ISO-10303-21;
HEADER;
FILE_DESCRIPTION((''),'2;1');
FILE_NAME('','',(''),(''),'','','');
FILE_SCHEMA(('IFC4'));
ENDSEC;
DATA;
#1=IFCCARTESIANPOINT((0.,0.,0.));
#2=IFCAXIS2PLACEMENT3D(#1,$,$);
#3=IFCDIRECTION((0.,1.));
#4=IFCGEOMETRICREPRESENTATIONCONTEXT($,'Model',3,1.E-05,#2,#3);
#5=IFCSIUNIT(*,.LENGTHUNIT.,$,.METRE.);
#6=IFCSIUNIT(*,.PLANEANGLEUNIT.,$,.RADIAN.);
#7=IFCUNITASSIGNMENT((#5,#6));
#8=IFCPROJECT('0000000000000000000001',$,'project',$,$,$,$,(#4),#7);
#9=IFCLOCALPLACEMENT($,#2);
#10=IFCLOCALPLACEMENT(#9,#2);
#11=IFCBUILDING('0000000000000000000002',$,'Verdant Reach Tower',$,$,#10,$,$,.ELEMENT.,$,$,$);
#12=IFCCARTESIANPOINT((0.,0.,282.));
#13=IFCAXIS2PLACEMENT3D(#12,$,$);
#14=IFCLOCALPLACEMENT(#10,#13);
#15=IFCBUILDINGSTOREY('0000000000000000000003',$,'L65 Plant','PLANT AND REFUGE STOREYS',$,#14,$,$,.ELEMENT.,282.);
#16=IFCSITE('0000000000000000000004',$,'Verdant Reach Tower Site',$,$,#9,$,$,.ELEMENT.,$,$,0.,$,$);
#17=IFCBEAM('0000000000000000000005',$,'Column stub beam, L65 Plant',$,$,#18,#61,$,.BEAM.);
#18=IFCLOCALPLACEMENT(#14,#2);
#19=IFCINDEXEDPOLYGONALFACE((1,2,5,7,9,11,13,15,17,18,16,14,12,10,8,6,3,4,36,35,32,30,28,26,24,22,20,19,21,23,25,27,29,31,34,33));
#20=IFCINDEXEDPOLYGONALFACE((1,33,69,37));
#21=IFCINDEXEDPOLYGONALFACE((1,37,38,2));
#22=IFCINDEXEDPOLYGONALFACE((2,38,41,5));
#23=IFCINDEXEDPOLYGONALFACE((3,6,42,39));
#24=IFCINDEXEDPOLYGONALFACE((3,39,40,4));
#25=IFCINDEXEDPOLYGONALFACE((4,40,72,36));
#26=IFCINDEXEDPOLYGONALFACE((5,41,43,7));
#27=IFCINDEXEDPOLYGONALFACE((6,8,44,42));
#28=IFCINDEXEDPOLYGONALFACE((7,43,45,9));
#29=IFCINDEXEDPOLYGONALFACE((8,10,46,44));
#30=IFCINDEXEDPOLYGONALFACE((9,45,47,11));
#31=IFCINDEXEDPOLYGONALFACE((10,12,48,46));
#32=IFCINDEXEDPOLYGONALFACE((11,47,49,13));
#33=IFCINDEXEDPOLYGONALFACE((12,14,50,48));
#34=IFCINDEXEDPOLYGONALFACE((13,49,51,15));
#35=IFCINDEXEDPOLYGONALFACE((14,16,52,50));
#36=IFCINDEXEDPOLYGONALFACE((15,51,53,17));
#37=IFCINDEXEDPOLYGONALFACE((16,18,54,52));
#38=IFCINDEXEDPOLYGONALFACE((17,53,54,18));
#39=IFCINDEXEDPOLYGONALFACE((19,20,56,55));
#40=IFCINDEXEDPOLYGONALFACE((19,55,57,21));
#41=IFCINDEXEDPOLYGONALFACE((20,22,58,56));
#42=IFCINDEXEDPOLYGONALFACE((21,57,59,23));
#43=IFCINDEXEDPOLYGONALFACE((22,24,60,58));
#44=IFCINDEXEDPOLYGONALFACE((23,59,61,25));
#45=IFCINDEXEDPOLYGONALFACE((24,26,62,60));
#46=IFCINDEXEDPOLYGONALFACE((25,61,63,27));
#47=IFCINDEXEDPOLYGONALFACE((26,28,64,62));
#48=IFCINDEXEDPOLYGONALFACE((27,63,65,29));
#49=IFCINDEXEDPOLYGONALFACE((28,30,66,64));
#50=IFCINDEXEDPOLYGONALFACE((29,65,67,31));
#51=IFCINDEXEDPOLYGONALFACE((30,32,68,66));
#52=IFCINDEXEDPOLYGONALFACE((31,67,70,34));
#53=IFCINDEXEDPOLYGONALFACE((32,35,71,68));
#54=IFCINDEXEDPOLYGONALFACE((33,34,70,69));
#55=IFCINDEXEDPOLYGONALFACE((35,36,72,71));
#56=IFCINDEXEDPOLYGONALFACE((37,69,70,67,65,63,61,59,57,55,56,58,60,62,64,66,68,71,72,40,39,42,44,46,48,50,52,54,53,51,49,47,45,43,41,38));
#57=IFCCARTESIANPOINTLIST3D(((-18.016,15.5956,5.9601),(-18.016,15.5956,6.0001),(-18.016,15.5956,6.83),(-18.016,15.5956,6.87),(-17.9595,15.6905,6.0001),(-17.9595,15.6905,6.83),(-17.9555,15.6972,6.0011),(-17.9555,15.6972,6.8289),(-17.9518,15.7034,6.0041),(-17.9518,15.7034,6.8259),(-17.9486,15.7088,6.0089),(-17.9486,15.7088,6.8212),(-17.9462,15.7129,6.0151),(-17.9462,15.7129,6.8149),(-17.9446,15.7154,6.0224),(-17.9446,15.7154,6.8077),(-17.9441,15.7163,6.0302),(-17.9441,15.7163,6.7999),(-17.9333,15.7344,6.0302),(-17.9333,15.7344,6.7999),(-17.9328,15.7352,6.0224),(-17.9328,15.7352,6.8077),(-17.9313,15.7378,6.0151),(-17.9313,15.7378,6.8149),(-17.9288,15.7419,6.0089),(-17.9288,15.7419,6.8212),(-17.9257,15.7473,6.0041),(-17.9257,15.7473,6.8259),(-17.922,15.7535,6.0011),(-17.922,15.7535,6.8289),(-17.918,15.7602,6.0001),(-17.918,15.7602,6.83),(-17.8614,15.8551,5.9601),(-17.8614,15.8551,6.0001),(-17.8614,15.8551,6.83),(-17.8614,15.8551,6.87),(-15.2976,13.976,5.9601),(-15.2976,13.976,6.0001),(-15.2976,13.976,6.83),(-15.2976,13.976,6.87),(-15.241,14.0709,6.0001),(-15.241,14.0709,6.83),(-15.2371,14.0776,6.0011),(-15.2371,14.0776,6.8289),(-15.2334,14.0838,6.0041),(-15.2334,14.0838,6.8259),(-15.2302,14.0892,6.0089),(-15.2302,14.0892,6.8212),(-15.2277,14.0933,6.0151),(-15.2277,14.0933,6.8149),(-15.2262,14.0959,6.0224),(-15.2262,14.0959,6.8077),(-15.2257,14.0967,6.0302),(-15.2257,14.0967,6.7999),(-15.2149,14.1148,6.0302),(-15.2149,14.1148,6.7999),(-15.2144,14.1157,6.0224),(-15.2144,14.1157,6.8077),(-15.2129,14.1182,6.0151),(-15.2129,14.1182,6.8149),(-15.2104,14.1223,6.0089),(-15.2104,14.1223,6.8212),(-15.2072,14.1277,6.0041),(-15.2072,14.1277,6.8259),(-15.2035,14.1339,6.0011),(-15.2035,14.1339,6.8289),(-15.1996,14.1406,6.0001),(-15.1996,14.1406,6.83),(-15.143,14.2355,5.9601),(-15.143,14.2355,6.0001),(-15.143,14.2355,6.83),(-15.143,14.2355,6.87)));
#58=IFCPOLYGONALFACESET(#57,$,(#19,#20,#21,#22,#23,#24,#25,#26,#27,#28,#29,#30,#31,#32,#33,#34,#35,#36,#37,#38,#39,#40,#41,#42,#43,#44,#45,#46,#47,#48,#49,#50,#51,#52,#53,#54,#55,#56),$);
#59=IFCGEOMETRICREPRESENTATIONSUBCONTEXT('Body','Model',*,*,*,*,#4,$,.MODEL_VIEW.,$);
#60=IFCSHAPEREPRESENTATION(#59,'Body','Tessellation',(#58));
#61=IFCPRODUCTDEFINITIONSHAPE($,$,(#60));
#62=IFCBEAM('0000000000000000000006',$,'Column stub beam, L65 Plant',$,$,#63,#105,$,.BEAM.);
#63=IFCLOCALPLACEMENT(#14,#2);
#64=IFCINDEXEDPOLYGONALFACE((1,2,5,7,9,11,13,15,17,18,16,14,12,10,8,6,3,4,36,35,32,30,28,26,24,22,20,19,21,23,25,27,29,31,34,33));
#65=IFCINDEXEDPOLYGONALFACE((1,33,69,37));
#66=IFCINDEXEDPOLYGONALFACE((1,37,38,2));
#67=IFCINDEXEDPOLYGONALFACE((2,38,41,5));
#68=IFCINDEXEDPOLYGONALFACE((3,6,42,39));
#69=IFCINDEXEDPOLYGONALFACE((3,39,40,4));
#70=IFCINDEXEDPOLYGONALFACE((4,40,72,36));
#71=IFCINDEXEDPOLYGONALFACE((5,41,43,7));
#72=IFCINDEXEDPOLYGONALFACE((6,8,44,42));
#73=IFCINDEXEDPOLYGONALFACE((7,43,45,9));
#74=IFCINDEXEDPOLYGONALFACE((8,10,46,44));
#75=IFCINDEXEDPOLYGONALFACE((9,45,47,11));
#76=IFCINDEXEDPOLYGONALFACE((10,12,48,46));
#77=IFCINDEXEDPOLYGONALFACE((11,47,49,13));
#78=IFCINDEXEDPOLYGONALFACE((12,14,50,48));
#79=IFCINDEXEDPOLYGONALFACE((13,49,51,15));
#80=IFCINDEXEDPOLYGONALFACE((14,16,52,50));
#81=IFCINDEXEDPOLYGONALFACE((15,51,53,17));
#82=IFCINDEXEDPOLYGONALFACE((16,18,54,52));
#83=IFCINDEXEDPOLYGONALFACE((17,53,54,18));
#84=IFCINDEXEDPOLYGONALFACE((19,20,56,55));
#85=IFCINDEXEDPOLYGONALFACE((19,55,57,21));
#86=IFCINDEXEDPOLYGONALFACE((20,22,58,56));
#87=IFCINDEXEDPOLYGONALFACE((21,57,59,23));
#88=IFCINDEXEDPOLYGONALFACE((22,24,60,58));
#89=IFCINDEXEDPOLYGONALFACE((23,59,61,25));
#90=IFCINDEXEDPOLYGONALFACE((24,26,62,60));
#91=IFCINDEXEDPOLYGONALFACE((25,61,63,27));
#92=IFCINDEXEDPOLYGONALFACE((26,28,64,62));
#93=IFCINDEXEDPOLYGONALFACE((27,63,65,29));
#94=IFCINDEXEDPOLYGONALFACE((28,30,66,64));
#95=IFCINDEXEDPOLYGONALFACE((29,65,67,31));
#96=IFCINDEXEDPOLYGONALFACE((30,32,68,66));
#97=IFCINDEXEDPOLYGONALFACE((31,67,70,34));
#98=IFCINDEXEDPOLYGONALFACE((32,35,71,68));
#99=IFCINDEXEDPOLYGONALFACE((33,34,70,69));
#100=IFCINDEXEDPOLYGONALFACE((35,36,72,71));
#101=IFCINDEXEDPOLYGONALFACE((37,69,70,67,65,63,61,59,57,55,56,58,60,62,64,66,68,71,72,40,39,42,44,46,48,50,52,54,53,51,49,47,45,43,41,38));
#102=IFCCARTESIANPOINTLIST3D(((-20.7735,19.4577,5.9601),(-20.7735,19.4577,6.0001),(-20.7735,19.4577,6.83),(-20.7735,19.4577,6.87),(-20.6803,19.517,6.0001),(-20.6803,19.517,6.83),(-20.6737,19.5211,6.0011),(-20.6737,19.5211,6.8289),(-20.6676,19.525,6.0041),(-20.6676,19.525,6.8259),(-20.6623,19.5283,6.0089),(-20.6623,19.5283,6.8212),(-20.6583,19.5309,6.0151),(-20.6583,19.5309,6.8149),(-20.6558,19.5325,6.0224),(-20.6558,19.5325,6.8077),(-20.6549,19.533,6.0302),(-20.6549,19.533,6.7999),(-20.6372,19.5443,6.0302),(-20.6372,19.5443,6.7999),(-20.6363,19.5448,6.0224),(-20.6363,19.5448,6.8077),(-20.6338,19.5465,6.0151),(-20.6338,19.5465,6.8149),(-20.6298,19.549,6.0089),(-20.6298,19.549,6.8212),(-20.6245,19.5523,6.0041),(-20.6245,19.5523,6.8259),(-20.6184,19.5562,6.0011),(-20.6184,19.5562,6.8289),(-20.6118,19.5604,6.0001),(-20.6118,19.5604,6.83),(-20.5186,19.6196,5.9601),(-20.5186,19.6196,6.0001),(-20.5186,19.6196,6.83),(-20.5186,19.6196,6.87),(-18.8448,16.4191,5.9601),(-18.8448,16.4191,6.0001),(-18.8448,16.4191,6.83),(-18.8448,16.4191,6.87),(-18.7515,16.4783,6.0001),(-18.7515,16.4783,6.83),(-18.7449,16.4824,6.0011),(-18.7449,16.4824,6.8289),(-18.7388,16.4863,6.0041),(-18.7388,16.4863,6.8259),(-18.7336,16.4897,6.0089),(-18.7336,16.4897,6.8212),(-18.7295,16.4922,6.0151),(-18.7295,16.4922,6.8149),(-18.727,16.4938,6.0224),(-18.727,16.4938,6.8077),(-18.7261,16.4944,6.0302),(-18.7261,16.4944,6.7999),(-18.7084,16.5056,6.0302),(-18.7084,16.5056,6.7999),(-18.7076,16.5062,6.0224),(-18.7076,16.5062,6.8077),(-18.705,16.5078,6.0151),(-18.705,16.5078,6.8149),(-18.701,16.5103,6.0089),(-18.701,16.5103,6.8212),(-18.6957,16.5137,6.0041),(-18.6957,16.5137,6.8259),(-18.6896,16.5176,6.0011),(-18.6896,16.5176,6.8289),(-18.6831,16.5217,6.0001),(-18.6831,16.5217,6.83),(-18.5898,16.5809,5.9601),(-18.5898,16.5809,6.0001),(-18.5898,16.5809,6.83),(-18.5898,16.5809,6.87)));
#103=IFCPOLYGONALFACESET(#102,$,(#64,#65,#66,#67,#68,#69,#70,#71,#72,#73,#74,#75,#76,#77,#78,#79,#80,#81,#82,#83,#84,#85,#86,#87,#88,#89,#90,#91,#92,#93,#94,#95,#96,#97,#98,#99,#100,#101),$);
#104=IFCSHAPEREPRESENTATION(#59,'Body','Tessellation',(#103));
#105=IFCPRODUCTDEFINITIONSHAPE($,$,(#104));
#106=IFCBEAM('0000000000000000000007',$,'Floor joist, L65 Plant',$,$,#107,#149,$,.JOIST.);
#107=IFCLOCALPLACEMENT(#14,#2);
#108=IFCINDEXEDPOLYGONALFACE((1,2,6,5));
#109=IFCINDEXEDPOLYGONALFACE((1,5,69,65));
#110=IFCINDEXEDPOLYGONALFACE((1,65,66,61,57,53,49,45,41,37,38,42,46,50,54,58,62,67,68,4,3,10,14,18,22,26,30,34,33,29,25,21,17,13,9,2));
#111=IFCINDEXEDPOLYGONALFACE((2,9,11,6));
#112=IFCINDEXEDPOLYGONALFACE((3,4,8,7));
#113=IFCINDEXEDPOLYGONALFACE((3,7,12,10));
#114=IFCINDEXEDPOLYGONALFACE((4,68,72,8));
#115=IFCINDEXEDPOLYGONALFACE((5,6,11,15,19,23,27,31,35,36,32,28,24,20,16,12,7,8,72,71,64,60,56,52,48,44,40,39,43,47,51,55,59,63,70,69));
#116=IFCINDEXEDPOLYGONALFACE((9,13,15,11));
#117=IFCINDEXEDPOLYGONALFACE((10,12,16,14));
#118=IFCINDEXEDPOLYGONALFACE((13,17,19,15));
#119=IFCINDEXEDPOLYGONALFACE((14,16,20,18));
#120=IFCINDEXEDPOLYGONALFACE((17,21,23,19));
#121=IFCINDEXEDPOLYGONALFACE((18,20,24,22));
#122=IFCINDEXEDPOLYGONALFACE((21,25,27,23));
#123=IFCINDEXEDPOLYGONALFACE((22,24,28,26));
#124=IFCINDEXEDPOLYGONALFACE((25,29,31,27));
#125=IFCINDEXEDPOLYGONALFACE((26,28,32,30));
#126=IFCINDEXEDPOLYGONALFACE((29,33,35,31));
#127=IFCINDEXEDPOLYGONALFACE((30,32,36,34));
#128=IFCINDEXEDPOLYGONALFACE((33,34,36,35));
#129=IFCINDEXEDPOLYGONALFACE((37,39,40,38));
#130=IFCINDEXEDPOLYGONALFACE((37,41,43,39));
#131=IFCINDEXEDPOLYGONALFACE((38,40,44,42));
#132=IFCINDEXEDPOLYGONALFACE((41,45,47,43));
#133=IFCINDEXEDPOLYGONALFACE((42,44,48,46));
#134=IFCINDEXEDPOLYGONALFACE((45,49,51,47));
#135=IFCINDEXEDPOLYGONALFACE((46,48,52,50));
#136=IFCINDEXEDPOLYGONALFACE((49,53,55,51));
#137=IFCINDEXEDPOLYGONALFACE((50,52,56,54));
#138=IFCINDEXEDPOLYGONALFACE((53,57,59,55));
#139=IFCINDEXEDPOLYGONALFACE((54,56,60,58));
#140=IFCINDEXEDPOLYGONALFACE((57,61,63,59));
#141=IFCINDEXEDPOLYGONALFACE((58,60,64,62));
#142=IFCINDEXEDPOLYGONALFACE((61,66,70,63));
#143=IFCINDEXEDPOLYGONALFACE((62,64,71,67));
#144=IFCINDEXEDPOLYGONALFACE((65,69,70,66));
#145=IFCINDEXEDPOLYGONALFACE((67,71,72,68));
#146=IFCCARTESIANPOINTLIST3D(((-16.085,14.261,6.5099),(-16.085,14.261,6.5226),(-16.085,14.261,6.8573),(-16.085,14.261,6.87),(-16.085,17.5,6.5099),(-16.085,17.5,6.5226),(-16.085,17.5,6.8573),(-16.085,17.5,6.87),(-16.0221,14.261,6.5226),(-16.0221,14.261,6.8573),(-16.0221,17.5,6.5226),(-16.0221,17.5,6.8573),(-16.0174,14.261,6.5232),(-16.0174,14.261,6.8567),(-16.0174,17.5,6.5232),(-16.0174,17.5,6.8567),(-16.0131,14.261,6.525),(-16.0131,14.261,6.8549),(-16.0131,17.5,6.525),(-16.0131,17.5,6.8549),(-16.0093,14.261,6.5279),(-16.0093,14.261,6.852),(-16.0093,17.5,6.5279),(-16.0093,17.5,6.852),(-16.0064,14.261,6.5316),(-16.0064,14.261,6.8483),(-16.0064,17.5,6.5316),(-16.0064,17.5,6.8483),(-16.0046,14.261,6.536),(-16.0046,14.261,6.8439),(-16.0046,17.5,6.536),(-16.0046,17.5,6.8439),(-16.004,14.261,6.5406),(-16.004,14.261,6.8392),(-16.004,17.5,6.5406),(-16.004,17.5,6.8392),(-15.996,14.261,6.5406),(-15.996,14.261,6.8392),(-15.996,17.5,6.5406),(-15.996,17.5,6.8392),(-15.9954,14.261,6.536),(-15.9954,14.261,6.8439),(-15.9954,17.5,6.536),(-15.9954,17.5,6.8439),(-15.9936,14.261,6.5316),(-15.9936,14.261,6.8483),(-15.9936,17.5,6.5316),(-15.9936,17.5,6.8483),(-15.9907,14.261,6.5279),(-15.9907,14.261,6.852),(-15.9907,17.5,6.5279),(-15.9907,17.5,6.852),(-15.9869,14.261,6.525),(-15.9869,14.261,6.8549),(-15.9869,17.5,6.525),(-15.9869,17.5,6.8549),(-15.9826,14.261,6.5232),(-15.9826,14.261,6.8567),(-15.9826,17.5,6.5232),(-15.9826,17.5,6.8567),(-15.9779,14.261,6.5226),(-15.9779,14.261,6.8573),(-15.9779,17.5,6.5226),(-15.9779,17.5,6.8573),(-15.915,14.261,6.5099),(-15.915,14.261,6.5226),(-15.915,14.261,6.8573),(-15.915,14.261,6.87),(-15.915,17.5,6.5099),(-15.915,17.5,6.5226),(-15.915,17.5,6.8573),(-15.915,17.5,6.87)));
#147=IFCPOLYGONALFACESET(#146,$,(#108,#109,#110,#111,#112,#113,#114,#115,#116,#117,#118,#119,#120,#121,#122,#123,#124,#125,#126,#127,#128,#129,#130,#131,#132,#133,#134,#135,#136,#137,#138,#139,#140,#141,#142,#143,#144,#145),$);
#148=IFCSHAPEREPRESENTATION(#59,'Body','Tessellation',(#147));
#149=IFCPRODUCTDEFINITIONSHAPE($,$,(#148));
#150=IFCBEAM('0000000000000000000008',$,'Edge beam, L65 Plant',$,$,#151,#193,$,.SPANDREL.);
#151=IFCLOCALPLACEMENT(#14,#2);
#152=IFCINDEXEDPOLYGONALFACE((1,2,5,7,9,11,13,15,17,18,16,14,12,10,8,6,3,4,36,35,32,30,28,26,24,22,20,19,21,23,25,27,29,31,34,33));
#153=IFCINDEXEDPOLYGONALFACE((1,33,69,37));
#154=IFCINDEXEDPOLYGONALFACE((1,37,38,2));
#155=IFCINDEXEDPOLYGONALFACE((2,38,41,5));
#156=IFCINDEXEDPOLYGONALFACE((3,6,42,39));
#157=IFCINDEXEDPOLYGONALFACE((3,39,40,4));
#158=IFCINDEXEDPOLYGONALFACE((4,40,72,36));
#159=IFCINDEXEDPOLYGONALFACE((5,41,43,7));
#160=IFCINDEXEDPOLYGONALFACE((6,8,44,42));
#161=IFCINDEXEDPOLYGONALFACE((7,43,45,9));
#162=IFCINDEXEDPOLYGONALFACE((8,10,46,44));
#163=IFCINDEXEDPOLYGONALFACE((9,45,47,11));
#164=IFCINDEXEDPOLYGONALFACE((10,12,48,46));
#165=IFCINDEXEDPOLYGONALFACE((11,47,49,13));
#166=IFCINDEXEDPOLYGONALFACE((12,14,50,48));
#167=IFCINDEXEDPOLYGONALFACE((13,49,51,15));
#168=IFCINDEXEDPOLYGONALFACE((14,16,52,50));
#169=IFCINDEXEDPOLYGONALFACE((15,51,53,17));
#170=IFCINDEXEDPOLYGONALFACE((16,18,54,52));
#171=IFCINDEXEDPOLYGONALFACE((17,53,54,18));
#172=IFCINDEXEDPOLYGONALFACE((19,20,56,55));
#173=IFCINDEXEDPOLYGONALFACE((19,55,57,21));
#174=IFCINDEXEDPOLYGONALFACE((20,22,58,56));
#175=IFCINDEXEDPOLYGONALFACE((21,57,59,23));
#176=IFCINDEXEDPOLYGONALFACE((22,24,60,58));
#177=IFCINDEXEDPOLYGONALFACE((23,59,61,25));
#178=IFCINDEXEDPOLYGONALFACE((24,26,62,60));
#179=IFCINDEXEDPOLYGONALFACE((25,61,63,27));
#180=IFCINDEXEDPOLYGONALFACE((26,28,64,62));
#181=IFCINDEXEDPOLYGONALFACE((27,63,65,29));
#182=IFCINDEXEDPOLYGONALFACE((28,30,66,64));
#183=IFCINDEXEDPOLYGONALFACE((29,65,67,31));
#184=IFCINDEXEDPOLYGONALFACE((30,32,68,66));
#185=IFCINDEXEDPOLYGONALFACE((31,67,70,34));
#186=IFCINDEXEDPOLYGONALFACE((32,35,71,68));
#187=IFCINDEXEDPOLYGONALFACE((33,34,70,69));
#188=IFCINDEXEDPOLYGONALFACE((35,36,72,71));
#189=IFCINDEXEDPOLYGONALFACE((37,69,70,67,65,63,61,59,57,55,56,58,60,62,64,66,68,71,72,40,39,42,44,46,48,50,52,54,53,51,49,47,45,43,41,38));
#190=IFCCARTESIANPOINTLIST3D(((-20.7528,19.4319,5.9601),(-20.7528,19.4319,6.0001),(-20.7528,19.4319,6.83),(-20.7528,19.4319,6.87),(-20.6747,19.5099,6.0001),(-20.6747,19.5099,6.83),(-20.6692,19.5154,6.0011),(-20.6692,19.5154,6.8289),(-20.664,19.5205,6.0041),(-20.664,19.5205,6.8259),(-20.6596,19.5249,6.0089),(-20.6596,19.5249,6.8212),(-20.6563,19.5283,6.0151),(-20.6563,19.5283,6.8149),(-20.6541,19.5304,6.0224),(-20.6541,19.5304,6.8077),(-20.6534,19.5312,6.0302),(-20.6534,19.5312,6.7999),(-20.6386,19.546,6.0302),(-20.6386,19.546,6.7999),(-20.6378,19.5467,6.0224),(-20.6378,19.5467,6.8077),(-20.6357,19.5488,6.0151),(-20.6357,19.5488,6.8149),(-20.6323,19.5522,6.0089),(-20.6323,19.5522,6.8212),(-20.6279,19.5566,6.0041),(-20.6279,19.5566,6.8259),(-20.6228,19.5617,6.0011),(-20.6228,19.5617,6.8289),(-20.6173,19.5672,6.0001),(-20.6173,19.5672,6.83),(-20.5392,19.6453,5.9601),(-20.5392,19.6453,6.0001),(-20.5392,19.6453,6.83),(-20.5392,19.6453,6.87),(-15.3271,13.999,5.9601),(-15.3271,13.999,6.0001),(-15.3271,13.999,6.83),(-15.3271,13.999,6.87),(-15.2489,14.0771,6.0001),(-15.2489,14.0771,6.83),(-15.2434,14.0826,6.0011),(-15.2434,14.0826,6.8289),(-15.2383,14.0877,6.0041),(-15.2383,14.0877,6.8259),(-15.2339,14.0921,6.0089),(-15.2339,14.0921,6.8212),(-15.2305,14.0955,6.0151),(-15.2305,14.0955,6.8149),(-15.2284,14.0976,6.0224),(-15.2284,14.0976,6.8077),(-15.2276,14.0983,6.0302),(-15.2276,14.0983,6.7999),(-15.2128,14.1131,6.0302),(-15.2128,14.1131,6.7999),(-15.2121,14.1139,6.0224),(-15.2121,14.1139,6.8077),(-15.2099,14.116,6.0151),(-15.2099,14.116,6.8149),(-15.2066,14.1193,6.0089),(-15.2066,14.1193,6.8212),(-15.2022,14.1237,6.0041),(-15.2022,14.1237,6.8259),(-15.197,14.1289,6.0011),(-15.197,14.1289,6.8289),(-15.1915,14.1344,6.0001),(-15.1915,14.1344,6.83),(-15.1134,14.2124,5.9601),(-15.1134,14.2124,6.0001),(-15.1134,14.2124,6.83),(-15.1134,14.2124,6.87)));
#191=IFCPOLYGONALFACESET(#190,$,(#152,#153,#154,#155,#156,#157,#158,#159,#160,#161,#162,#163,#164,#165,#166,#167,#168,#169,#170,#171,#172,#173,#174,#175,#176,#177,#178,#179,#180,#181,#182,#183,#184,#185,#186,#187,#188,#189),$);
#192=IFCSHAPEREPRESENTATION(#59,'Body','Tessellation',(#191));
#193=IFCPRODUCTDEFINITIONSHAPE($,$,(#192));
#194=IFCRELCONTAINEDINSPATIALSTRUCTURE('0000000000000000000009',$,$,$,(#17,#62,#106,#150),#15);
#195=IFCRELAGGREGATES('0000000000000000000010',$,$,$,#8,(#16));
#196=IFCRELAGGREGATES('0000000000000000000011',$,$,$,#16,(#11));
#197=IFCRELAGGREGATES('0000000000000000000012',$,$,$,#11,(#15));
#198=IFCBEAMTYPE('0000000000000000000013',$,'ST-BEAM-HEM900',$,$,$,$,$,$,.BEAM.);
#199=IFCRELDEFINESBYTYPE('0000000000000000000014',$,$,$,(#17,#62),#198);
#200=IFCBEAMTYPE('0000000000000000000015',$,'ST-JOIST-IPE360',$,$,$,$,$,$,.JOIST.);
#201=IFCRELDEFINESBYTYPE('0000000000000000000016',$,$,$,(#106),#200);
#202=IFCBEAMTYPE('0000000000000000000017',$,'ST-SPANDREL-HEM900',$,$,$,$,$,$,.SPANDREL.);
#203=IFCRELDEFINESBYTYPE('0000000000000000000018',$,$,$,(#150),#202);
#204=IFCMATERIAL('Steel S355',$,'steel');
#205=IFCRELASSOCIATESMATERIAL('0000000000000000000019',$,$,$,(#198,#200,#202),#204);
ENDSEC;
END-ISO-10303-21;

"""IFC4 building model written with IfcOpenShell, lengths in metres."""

from ifc_helpers import new_model, si_unit, direction, frame, origin, origin_2d, place, context, subcontext, project, spatial, i_section, extrude, material, material_profile, profile_set, type_object, element, save


model = new_model("IFC4")

# Units and contexts
model_context = context("Model", 3, precision=1e-05, world=origin(), true_north=direction((0.0, 1.0)))
body_context = subcontext(model_context, "Body", "Model", "MODEL_VIEW")
ifc_project = project(units=[si_unit("LENGTHUNIT", "METRE"), si_unit("PLANEANGLEUNIT", "RADIAN")], contexts=[model_context])

# Site, building, storey
site_placement = place(None, origin())
site = spatial("IfcSite", under=ifc_project, at=site_placement, Name="Verdant Reach Tower Site", CompositionType="ELEMENT", RefElevation=0.0)
building_placement = place(site_placement, origin())
building = spatial("IfcBuilding", under=site, at=building_placement, Name="Verdant Reach Tower", CompositionType="ELEMENT")
storey_placement = place(building_placement, frame((0.0, 0.0, 282.0)))
storey = spatial("IfcBuildingStorey", under=building, at=storey_placement, Name="L65 Plant", Description="PLANT AND REFUGE STOREYS", CompositionType="ELEMENT", Elevation=282.0)

# Beams
ifc_material_1 = material(Name="Steel S355", Category="steel")
ifc_material_profile_1 = material_profile(ifc_material_1, i_section(OverallWidth=0.302, OverallDepth=0.9099, WebThickness=0.021, FlangeThickness=0.04, FilletRadius=0.03, at=origin_2d()), Name="HEM 900")
ifc_profile_set_1 = profile_set([ifc_material_profile_1], Name="Steel S355")
beam_type_1 = type_object("IfcBeamType", Name="ST-BEAM-HEM900", PredefinedType="BEAM", material=ifc_profile_set_1)
beam_1_placement = place(storey_placement, frame((-17.9387, 15.7253, 6.415), z_axis=(0.859089, -0.511827, 0.0), x_axis=(0.511827, 0.859089, 0.0)))
element("IfcBeam", 1, at=beam_1_placement, inside=storey, type_object=beam_type_1, Name="Column stub beam, L65 Plant", PredefinedType="BEAM", context=body_context, shape_type="SweptSolid", body=[
    extrude(i_section(OverallWidth=0.302, OverallDepth=0.9099, WebThickness=0.021, FlangeThickness=0.04, FilletRadius=0.03, at=origin_2d()), origin(), (0.0, 0.0, 1.0), 3.1643),
])
beam_2_placement = place(storey_placement, frame((-18.7173, 16.5, 6.415), z_axis=(-0.535901, 0.844281, 0.0), x_axis=(-0.844281, -0.535901, 0.0)))
element("IfcBeam", 2, at=beam_2_placement, inside=storey, type_object=beam_type_1, Name="Column stub beam, L65 Plant", PredefinedType="BEAM", context=body_context, shape_type="SweptSolid", body=[
    extrude(i_section(OverallWidth=0.302, OverallDepth=0.9099, WebThickness=0.021, FlangeThickness=0.04, FilletRadius=0.03, at=origin_2d()), origin(), (0.0, 0.0, 1.0), 3.5991),
])
ifc_material_profile_2 = material_profile(ifc_material_1, i_section(OverallWidth=0.1699, OverallDepth=0.3601, WebThickness=0.0081, FlangeThickness=0.0127, FilletRadius=0.0181, at=origin_2d()), Name="IPE 360")
ifc_profile_set_2 = profile_set([ifc_material_profile_2], Name="Steel S355")
beam_type_2 = type_object("IfcBeamType", Name="ST-JOIST-IPE360", PredefinedType="JOIST", material=ifc_profile_set_2)
beam_3_placement = place(storey_placement, frame((-16.0, 17.5, 6.6899), z_axis=(0.0, -1.0, 0.0), x_axis=(1.0, 0.0, 0.0)))
element("IfcBeam", 3, at=beam_3_placement, inside=storey, type_object=beam_type_2, Name="Floor joist, L65 Plant", PredefinedType="JOIST", context=body_context, shape_type="SweptSolid", body=[
    extrude(i_section(OverallWidth=0.1699, OverallDepth=0.3601, WebThickness=0.0081, FlangeThickness=0.0127, FilletRadius=0.0181, at=origin_2d()), origin(), (0.0, 0.0, 1.0), 3.239),
])
ifc_material_profile_3 = material_profile(ifc_material_1, i_section(OverallWidth=0.302, OverallDepth=0.9099, WebThickness=0.021, FlangeThickness=0.04, FilletRadius=0.03, at=origin_2d()), Name="HEM 900")
ifc_profile_set_3 = profile_set([ifc_material_profile_3], Name="Steel S355")
beam_type_3 = type_object("IfcBeamType", Name="ST-SPANDREL-HEM900", PredefinedType="SPANDREL", material=ifc_profile_set_3)
beam_4_placement = place(storey_placement, frame((-15.2202, 14.1057, 6.415), z_axis=(-0.706646, 0.707568, 0.0), x_axis=(-0.707568, -0.706646, 0.0)))
element("IfcBeam", 4, at=beam_4_placement, inside=storey, type_object=beam_type_3, Name="Edge beam, L65 Plant", PredefinedType="SPANDREL", context=body_context, shape_type="SweptSolid", body=[
    extrude(i_section(OverallWidth=0.302, OverallDepth=0.9099, WebThickness=0.021, FlangeThickness=0.04, FilletRadius=0.03, at=origin_2d()), origin(), (0.0, 0.0, 1.0), 7.6782),
])

save(model, "model.ifc")
